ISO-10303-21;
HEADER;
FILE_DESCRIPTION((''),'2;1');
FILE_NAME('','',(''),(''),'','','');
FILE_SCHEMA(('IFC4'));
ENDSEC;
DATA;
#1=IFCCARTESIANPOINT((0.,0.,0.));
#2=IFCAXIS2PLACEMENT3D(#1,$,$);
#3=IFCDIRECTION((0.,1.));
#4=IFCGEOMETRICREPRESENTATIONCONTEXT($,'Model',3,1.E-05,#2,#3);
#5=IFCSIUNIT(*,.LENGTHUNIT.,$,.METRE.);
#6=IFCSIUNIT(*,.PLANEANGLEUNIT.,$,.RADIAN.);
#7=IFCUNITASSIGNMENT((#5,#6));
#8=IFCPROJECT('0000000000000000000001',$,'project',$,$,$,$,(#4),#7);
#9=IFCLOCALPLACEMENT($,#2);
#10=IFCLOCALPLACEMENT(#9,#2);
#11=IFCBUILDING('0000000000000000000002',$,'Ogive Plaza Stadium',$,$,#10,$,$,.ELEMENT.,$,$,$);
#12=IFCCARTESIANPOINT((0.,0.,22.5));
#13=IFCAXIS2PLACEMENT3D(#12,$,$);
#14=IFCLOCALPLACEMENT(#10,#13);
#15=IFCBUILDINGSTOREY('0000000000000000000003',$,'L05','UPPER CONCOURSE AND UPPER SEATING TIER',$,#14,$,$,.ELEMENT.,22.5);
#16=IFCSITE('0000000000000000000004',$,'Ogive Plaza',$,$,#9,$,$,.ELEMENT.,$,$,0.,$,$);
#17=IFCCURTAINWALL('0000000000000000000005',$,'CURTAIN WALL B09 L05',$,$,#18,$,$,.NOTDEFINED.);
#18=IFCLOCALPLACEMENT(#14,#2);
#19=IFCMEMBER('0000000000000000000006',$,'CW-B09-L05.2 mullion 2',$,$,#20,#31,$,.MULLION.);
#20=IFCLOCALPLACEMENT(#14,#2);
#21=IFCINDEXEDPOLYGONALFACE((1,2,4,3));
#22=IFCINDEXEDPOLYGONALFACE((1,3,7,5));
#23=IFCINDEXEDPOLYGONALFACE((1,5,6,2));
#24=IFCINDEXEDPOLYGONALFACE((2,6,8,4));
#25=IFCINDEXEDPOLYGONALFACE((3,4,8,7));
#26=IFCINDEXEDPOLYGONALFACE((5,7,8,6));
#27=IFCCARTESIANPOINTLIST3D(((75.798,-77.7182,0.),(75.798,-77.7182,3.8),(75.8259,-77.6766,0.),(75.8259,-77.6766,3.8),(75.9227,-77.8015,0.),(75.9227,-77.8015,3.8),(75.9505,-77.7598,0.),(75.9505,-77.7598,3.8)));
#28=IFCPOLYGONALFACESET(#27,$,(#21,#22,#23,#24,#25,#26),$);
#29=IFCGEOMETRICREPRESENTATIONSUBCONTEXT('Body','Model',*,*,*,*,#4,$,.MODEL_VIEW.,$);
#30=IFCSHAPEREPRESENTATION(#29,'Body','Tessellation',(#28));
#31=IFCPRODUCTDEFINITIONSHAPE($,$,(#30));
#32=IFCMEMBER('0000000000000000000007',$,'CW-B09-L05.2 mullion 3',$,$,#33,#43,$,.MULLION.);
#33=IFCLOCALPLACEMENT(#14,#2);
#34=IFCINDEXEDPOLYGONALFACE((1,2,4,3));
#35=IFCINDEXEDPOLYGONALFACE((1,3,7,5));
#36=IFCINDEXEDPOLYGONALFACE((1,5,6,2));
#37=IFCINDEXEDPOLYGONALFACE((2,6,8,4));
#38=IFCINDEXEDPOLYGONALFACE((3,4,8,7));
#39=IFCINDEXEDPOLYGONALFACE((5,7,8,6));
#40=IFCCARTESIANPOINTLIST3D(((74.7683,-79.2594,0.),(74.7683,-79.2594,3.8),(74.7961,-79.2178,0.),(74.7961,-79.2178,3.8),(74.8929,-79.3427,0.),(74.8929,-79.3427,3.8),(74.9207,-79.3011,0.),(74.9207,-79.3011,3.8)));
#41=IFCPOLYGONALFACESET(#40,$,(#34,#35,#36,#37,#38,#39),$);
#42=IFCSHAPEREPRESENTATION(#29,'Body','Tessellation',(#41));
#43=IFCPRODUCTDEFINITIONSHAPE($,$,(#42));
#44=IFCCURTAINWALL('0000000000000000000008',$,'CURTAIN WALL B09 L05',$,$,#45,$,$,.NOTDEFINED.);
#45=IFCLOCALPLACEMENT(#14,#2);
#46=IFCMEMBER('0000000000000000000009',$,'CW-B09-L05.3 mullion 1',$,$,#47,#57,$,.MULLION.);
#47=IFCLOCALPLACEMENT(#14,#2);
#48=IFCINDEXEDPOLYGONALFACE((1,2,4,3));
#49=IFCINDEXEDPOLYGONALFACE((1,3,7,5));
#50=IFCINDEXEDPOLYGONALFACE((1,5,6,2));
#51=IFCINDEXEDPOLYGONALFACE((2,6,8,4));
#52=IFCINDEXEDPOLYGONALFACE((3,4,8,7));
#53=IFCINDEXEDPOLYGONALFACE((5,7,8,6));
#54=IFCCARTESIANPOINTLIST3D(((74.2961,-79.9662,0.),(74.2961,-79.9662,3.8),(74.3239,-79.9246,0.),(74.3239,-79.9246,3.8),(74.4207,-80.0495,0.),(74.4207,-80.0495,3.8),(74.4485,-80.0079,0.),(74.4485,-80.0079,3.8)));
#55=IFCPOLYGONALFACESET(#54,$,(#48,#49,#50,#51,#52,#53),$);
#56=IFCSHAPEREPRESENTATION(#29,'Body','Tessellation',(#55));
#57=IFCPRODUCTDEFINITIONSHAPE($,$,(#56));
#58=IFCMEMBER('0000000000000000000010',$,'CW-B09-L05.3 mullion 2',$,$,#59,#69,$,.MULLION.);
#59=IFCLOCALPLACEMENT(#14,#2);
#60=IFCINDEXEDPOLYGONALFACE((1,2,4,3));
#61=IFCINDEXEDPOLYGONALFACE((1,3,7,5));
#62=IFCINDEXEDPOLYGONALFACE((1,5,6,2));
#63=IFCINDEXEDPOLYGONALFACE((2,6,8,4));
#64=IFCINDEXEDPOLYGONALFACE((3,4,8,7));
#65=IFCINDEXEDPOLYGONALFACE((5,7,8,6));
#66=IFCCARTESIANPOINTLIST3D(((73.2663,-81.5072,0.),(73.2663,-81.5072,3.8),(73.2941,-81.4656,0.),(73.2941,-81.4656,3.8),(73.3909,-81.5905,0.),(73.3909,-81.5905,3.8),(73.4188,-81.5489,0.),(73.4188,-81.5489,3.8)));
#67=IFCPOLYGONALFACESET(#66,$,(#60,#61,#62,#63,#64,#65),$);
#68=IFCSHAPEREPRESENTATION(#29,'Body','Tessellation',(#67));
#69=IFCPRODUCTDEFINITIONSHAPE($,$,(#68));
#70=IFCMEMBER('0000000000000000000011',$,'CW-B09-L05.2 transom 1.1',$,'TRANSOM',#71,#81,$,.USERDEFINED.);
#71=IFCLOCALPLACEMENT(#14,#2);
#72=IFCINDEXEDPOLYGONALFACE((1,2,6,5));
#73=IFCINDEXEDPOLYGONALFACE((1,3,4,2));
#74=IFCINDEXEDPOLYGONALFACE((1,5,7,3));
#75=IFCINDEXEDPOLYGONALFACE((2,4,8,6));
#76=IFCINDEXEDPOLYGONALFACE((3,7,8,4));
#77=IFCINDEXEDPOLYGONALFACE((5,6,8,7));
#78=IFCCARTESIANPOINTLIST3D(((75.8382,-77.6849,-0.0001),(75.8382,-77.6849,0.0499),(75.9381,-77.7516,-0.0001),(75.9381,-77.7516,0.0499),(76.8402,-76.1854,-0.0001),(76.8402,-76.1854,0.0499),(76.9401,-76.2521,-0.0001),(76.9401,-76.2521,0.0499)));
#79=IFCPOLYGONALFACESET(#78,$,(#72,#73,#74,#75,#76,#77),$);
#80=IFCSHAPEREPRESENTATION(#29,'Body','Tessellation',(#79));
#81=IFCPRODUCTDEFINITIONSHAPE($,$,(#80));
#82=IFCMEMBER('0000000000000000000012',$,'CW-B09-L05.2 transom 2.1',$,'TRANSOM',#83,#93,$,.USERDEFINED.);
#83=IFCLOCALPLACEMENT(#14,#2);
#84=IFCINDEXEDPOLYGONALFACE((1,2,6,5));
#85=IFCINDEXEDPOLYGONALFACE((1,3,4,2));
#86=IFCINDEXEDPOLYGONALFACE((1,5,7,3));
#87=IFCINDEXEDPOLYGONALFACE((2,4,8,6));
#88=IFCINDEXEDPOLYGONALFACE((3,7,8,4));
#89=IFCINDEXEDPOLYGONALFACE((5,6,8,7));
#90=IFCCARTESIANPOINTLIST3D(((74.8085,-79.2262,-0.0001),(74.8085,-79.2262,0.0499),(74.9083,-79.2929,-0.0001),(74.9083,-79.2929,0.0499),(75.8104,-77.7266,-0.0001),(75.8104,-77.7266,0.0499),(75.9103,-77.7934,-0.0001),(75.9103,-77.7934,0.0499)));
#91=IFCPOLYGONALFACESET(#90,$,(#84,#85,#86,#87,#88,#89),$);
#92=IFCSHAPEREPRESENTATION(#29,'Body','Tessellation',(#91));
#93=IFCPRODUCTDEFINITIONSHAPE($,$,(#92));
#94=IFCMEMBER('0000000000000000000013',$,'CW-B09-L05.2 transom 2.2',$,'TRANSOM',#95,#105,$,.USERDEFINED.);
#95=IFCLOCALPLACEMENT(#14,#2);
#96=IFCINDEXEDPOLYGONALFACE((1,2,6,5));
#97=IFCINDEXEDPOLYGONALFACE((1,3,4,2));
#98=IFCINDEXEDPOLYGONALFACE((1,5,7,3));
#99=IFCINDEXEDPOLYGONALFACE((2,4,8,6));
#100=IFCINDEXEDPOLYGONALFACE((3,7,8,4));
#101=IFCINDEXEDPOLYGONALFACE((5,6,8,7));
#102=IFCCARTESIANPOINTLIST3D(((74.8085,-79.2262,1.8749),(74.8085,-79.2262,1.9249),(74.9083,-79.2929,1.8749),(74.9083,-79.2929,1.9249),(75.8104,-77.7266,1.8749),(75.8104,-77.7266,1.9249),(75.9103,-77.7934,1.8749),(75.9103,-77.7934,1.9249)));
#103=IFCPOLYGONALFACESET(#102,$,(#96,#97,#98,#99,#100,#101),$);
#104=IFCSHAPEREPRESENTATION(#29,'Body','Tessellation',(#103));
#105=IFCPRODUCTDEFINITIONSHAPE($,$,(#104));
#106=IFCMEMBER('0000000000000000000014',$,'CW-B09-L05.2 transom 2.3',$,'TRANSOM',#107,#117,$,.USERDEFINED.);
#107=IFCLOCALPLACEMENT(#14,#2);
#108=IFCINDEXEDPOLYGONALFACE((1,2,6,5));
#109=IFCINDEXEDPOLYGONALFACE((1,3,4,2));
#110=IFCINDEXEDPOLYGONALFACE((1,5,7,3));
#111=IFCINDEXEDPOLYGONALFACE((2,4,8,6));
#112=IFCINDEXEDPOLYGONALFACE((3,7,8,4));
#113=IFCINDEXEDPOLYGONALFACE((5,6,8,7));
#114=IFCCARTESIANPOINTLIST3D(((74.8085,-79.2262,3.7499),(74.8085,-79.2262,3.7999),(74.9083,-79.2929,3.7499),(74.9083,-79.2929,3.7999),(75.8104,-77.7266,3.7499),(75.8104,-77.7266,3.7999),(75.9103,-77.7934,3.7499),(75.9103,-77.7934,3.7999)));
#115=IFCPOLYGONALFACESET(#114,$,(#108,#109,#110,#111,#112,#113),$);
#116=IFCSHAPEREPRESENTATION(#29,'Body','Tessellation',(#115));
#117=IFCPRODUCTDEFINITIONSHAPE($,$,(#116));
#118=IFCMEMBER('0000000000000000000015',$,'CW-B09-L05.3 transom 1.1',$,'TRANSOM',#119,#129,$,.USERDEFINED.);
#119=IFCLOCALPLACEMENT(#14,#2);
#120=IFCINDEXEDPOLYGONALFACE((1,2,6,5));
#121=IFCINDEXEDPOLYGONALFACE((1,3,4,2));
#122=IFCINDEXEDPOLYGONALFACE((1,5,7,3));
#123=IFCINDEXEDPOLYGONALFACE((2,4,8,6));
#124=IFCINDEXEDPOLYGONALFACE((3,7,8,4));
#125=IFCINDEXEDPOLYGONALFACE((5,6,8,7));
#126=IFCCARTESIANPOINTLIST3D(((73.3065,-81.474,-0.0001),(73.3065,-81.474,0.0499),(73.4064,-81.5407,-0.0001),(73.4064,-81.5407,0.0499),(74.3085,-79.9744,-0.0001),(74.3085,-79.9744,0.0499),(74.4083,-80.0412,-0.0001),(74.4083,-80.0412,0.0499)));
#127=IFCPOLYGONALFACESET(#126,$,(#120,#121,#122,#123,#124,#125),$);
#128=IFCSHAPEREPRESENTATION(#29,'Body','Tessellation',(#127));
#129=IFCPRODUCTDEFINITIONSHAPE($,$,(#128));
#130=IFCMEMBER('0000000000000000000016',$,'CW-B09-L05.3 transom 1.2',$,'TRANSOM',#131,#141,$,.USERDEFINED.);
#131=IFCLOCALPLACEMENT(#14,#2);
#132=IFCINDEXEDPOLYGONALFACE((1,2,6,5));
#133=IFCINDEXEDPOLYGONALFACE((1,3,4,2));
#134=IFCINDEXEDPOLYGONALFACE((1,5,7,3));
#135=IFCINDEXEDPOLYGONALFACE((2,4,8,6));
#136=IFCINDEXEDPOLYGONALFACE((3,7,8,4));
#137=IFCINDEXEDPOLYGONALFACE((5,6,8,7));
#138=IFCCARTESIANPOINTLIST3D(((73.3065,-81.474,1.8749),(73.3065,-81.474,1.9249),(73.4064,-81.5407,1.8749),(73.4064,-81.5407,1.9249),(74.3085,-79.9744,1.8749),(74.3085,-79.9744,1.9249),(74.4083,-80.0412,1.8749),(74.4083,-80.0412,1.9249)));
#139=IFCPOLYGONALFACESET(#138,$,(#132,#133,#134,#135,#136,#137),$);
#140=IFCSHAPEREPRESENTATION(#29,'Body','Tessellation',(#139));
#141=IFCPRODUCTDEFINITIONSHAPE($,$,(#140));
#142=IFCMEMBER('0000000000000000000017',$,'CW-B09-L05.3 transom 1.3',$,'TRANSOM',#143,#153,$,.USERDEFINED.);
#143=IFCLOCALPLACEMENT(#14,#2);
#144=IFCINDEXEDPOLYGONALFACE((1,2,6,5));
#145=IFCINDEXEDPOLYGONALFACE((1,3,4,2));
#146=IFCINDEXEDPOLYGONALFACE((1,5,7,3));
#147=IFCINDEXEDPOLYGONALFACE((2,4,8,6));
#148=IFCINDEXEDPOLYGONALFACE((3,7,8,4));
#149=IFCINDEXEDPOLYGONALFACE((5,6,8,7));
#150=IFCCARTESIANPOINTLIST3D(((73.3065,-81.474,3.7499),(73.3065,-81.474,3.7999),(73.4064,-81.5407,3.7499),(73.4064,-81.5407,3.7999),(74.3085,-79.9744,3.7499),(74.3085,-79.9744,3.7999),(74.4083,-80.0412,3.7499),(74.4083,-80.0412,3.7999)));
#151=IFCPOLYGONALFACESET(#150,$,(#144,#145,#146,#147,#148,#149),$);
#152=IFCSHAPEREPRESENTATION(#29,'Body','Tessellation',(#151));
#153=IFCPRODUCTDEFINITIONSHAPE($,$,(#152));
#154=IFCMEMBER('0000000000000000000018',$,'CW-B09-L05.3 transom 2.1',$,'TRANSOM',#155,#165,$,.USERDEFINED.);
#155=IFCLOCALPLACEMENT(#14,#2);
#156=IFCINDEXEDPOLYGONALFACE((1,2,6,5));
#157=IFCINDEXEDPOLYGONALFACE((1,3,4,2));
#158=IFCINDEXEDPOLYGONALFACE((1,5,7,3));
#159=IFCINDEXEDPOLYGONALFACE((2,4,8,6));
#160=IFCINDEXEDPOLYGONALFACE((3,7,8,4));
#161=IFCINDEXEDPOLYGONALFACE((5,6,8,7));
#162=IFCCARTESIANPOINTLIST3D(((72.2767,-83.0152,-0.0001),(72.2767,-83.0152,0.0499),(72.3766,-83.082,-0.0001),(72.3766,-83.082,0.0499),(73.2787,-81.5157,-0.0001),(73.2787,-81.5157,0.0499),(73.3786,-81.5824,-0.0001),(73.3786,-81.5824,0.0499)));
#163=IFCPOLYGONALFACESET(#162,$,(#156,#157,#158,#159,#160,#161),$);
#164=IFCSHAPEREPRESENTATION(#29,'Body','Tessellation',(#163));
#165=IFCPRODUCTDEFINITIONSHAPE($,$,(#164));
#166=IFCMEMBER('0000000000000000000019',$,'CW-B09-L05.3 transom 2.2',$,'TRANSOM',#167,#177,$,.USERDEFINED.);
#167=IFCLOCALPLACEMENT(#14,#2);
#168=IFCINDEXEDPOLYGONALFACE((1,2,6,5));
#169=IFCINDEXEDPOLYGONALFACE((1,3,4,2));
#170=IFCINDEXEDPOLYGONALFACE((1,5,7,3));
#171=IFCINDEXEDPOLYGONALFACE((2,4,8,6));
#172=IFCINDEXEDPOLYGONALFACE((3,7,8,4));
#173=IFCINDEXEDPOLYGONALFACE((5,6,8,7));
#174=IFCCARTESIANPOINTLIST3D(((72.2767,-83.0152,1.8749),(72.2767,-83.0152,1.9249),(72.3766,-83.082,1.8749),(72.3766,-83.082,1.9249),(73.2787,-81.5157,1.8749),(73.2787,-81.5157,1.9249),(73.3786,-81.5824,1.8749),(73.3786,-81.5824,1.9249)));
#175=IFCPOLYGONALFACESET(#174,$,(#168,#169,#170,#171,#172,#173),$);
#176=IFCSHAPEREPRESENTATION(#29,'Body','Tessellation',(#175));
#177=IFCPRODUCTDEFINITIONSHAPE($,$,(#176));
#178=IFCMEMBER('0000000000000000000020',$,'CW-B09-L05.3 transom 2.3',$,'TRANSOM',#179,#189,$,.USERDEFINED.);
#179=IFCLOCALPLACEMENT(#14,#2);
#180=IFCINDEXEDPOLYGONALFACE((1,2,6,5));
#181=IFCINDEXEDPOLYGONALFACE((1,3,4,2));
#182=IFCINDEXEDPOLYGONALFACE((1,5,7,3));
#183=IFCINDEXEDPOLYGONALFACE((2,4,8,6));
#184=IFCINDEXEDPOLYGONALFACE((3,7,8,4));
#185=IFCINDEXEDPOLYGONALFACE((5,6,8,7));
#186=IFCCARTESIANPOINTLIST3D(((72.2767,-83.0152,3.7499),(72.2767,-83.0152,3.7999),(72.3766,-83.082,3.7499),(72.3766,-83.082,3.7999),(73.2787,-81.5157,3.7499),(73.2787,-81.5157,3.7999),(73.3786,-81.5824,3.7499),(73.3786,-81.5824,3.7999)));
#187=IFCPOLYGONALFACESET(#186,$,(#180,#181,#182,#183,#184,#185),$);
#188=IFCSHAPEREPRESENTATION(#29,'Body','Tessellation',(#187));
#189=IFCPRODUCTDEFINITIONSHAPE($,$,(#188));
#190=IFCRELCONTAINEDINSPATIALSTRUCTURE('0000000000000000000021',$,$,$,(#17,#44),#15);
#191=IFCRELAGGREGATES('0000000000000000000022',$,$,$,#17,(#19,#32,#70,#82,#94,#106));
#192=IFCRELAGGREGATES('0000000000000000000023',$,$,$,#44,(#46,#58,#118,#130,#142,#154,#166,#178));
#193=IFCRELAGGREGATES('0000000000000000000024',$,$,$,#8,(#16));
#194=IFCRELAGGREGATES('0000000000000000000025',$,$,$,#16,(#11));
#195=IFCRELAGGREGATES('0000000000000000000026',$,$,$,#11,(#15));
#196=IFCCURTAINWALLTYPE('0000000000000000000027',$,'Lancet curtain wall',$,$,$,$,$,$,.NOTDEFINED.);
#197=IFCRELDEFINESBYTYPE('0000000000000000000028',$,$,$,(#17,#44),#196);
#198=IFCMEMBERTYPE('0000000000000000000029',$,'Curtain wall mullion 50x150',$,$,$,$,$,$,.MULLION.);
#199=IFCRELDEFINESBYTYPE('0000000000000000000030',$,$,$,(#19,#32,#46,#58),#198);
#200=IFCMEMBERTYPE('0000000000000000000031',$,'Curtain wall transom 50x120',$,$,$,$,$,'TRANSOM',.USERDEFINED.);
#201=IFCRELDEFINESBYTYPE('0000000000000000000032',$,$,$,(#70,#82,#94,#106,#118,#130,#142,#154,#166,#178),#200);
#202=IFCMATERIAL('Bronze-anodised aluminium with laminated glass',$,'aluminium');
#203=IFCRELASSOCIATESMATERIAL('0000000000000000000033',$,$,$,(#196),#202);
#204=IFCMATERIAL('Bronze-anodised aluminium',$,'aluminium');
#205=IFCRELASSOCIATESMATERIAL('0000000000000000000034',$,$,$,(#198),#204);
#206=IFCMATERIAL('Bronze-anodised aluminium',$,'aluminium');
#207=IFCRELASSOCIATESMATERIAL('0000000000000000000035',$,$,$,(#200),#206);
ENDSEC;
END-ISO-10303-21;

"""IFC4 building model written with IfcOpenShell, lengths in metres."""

from ifc_helpers import new_model, si_unit, direction, frame, origin, origin_2d, place, context, subcontext, project, spatial, rectangle, extrude, material, material_profile, profile_set, type_object, element, aggregate, save


model = new_model("IFC4")

# Units and contexts
model_context = context("Model", 3, precision=1e-05, world=origin(), true_north=direction((0.0, 1.0)))
body_context = subcontext(model_context, "Body", "Model", "MODEL_VIEW")
ifc_project = project(units=[si_unit("LENGTHUNIT", "METRE"), si_unit("PLANEANGLEUNIT", "RADIAN")], contexts=[model_context])

# Site, building, storey
site_placement = place(None, origin())
site = spatial("IfcSite", under=ifc_project, at=site_placement, Name="Ogive Plaza", CompositionType="ELEMENT", RefElevation=0.0)
building_placement = place(site_placement, origin())
building = spatial("IfcBuilding", under=site, at=building_placement, Name="Ogive Plaza Stadium", CompositionType="ELEMENT")
storey_placement = place(building_placement, frame((0.0, 0.0, 22.5)))
storey = spatial("IfcBuildingStorey", under=building, at=storey_placement, Name="L05", Description="UPPER CONCOURSE AND UPPER SEATING TIER", CompositionType="ELEMENT", Elevation=22.5)

# Curtain walls, members
ifc_material_1 = material(Name="Bronze-anodised aluminium with laminated glass", Category="aluminium")
curtain_wall_type = type_object("IfcCurtainWallType", Name="Lancet curtain wall", PredefinedType="NOTDEFINED", material=ifc_material_1)
curtain_wall_1_placement = place(storey_placement, origin())
curtain_wall_1 = element("IfcCurtainWall", 1, at=curtain_wall_1_placement, inside=storey, type_object=curtain_wall_type, Name="CURTAIN WALL B09 L05", PredefinedType="NOTDEFINED")
ifc_material_2 = material(Name="Bronze-anodised aluminium", Category="aluminium")
ifc_material_profile_1 = material_profile(ifc_material_2, rectangle(XDim=0.1499, YDim=0.05, at=origin_2d()), Name="AL 150x50")
ifc_profile_set_1 = profile_set([ifc_material_profile_1], Name="Bronze-anodised aluminium")
member_type_1 = type_object("IfcMemberType", Name="Curtain wall mullion 50x150", PredefinedType="MULLION", material=ifc_profile_set_1)
member_1_placement = place(storey_placement, frame((75.8743, -77.739, 0.0), z_axis=(0.0, 0.0, 1.0), x_axis=(0.83147, -0.55557, 0.0)))
member_1 = element("IfcMember", 2, at=member_1_placement, type_object=member_type_1, Name="CW-B09-L05.2 mullion 2", PredefinedType="MULLION", context=body_context, shape_type="SweptSolid", body=[
    extrude(rectangle(XDim=0.1499, YDim=0.05, at=origin_2d()), origin(), (0.0, 0.0, 1.0), 3.8),
])
member_2_placement = place(storey_placement, frame((74.8445, -79.2803, 0.0), z_axis=(0.0, 0.0, 1.0), x_axis=(0.83147, -0.55557, 0.0)))
member_2 = element("IfcMember", 3, at=member_2_placement, type_object=member_type_1, Name="CW-B09-L05.2 mullion 3", PredefinedType="MULLION", context=body_context, shape_type="SweptSolid", body=[
    extrude(rectangle(XDim=0.1499, YDim=0.05, at=origin_2d()), origin(), (0.0, 0.0, 1.0), 3.8),
])
curtain_wall_2_placement = place(storey_placement, origin())
curtain_wall_2 = element("IfcCurtainWall", 4, at=curtain_wall_2_placement, inside=storey, type_object=curtain_wall_type, Name="CURTAIN WALL B09 L05", PredefinedType="NOTDEFINED")
member_3_placement = place(storey_placement, frame((74.3723, -79.9871, 0.0), z_axis=(0.0, 0.0, 1.0), x_axis=(0.83147, -0.55557, 0.0)))
member_3 = element("IfcMember", 5, at=member_3_placement, type_object=member_type_1, Name="CW-B09-L05.3 mullion 1", PredefinedType="MULLION", context=body_context, shape_type="SweptSolid", body=[
    extrude(rectangle(XDim=0.1499, YDim=0.05, at=origin_2d()), origin(), (0.0, 0.0, 1.0), 3.8),
])
member_4_placement = place(storey_placement, frame((73.3425, -81.5281, 0.0), z_axis=(0.0, 0.0, 1.0), x_axis=(0.83147, -0.55557, 0.0)))
member_4 = element("IfcMember", 6, at=member_4_placement, type_object=member_type_1, Name="CW-B09-L05.3 mullion 2", PredefinedType="MULLION", context=body_context, shape_type="SweptSolid", body=[
    extrude(rectangle(XDim=0.1499, YDim=0.05, at=origin_2d()), origin(), (0.0, 0.0, 1.0), 3.8),
])

# Members
ifc_material_3 = material(Name="Bronze-anodised aluminium", Category="aluminium")
ifc_material_profile_2 = material_profile(ifc_material_3, rectangle(XDim=0.1201, YDim=0.05, at=origin_2d()), Name="AL 120x50")
ifc_profile_set_2 = profile_set([ifc_material_profile_2], Name="Bronze-anodised aluminium")
member_type_2 = type_object("IfcMemberType", Name="Curtain wall transom 50x120", ElementType="TRANSOM", PredefinedType="USERDEFINED", material=ifc_profile_set_2)
member_5_placement = place(storey_placement, frame((76.8901, -76.2188, 0.0249), z_axis=(-0.555575, -0.831467, 0.0), x_axis=(0.831467, -0.555575, 0.0)))
member_5 = element("IfcMember", 7, at=member_5_placement, type_object=member_type_2, Name="CW-B09-L05.2 transom 1.1", ObjectType="TRANSOM", PredefinedType="USERDEFINED", context=body_context, shape_type="SweptSolid", body=[
    extrude(rectangle(XDim=0.1201, YDim=0.05, at=origin_2d()), origin(), (0.0, 0.0, 1.0), 1.8035),
])
member_6_placement = place(storey_placement, frame((75.8604, -77.76, 0.0249), z_axis=(-0.555575, -0.831467, 0.0), x_axis=(0.831467, -0.555575, 0.0)))
member_6 = element("IfcMember", 8, at=member_6_placement, type_object=member_type_2, Name="CW-B09-L05.2 transom 2.1", ObjectType="TRANSOM", PredefinedType="USERDEFINED", context=body_context, shape_type="SweptSolid", body=[
    extrude(rectangle(XDim=0.1201, YDim=0.05, at=origin_2d()), origin(), (0.0, 0.0, 1.0), 1.8035),
])
member_7_placement = place(storey_placement, frame((75.8604, -77.76, 1.8999), z_axis=(-0.555575, -0.831467, 0.0), x_axis=(0.831467, -0.555575, 0.0)))
member_7 = element("IfcMember", 9, at=member_7_placement, type_object=member_type_2, Name="CW-B09-L05.2 transom 2.2", ObjectType="TRANSOM", PredefinedType="USERDEFINED", context=body_context, shape_type="SweptSolid", body=[
    extrude(rectangle(XDim=0.1201, YDim=0.05, at=origin_2d()), origin(), (0.0, 0.0, 1.0), 1.8035),
])
member_8_placement = place(storey_placement, frame((75.8604, -77.76, 3.7749), z_axis=(-0.555575, -0.831467, 0.0), x_axis=(0.831467, -0.555575, 0.0)))
member_8 = element("IfcMember", 10, at=member_8_placement, type_object=member_type_2, Name="CW-B09-L05.2 transom 2.3", ObjectType="TRANSOM", PredefinedType="USERDEFINED", context=body_context, shape_type="SweptSolid", body=[
    extrude(rectangle(XDim=0.1201, YDim=0.05, at=origin_2d()), origin(), (0.0, 0.0, 1.0), 1.8035),
])
member_9_placement = place(storey_placement, frame((74.3584, -80.0078, 0.0249), z_axis=(-0.555575, -0.831467, 0.0), x_axis=(0.831467, -0.555575, 0.0)))
member_9 = element("IfcMember", 11, at=member_9_placement, type_object=member_type_2, Name="CW-B09-L05.3 transom 1.1", ObjectType="TRANSOM", PredefinedType="USERDEFINED", context=body_context, shape_type="SweptSolid", body=[
    extrude(rectangle(XDim=0.1201, YDim=0.05, at=origin_2d()), origin(), (0.0, 0.0, 1.0), 1.8035),
])
member_10_placement = place(storey_placement, frame((74.3584, -80.0078, 1.8999), z_axis=(-0.555575, -0.831467, 0.0), x_axis=(0.831467, -0.555575, 0.0)))
member_10 = element("IfcMember", 12, at=member_10_placement, type_object=member_type_2, Name="CW-B09-L05.3 transom 1.2", ObjectType="TRANSOM", PredefinedType="USERDEFINED", context=body_context, shape_type="SweptSolid", body=[
    extrude(rectangle(XDim=0.1201, YDim=0.05, at=origin_2d()), origin(), (0.0, 0.0, 1.0), 1.8035),
])
member_11_placement = place(storey_placement, frame((74.3584, -80.0078, 3.7749), z_axis=(-0.555575, -0.831467, 0.0), x_axis=(0.831467, -0.555575, 0.0)))
member_11 = element("IfcMember", 13, at=member_11_placement, type_object=member_type_2, Name="CW-B09-L05.3 transom 1.3", ObjectType="TRANSOM", PredefinedType="USERDEFINED", context=body_context, shape_type="SweptSolid", body=[
    extrude(rectangle(XDim=0.1201, YDim=0.05, at=origin_2d()), origin(), (0.0, 0.0, 1.0), 1.8035),
])
member_12_placement = place(storey_placement, frame((73.3286, -81.5491, 0.0249), z_axis=(-0.555575, -0.831467, 0.0), x_axis=(0.831467, -0.555575, 0.0)))
member_12 = element("IfcMember", 14, at=member_12_placement, type_object=member_type_2, Name="CW-B09-L05.3 transom 2.1", ObjectType="TRANSOM", PredefinedType="USERDEFINED", context=body_context, shape_type="SweptSolid", body=[
    extrude(rectangle(XDim=0.1201, YDim=0.05, at=origin_2d()), origin(), (0.0, 0.0, 1.0), 1.8035),
])
member_13_placement = place(storey_placement, frame((73.3286, -81.5491, 1.8999), z_axis=(-0.555575, -0.831467, 0.0), x_axis=(0.831467, -0.555575, 0.0)))
member_13 = element("IfcMember", 15, at=member_13_placement, type_object=member_type_2, Name="CW-B09-L05.3 transom 2.2", ObjectType="TRANSOM", PredefinedType="USERDEFINED", context=body_context, shape_type="SweptSolid", body=[
    extrude(rectangle(XDim=0.1201, YDim=0.05, at=origin_2d()), origin(), (0.0, 0.0, 1.0), 1.8035),
])
member_14_placement = place(storey_placement, frame((73.3286, -81.5491, 3.7749), z_axis=(-0.555575, -0.831467, 0.0), x_axis=(0.831467, -0.555575, 0.0)))
member_14 = element("IfcMember", 16, at=member_14_placement, type_object=member_type_2, Name="CW-B09-L05.3 transom 2.3", ObjectType="TRANSOM", PredefinedType="USERDEFINED", context=body_context, shape_type="SweptSolid", body=[
    extrude(rectangle(XDim=0.1201, YDim=0.05, at=origin_2d()), origin(), (0.0, 0.0, 1.0), 1.8035),
])

aggregate(curtain_wall_1, [member_1, member_2, member_5, member_6, member_7, member_8])
aggregate(curtain_wall_2, [member_3, member_4, member_9, member_10, member_11, member_12, member_13, member_14])

save(model, "model.ifc")
